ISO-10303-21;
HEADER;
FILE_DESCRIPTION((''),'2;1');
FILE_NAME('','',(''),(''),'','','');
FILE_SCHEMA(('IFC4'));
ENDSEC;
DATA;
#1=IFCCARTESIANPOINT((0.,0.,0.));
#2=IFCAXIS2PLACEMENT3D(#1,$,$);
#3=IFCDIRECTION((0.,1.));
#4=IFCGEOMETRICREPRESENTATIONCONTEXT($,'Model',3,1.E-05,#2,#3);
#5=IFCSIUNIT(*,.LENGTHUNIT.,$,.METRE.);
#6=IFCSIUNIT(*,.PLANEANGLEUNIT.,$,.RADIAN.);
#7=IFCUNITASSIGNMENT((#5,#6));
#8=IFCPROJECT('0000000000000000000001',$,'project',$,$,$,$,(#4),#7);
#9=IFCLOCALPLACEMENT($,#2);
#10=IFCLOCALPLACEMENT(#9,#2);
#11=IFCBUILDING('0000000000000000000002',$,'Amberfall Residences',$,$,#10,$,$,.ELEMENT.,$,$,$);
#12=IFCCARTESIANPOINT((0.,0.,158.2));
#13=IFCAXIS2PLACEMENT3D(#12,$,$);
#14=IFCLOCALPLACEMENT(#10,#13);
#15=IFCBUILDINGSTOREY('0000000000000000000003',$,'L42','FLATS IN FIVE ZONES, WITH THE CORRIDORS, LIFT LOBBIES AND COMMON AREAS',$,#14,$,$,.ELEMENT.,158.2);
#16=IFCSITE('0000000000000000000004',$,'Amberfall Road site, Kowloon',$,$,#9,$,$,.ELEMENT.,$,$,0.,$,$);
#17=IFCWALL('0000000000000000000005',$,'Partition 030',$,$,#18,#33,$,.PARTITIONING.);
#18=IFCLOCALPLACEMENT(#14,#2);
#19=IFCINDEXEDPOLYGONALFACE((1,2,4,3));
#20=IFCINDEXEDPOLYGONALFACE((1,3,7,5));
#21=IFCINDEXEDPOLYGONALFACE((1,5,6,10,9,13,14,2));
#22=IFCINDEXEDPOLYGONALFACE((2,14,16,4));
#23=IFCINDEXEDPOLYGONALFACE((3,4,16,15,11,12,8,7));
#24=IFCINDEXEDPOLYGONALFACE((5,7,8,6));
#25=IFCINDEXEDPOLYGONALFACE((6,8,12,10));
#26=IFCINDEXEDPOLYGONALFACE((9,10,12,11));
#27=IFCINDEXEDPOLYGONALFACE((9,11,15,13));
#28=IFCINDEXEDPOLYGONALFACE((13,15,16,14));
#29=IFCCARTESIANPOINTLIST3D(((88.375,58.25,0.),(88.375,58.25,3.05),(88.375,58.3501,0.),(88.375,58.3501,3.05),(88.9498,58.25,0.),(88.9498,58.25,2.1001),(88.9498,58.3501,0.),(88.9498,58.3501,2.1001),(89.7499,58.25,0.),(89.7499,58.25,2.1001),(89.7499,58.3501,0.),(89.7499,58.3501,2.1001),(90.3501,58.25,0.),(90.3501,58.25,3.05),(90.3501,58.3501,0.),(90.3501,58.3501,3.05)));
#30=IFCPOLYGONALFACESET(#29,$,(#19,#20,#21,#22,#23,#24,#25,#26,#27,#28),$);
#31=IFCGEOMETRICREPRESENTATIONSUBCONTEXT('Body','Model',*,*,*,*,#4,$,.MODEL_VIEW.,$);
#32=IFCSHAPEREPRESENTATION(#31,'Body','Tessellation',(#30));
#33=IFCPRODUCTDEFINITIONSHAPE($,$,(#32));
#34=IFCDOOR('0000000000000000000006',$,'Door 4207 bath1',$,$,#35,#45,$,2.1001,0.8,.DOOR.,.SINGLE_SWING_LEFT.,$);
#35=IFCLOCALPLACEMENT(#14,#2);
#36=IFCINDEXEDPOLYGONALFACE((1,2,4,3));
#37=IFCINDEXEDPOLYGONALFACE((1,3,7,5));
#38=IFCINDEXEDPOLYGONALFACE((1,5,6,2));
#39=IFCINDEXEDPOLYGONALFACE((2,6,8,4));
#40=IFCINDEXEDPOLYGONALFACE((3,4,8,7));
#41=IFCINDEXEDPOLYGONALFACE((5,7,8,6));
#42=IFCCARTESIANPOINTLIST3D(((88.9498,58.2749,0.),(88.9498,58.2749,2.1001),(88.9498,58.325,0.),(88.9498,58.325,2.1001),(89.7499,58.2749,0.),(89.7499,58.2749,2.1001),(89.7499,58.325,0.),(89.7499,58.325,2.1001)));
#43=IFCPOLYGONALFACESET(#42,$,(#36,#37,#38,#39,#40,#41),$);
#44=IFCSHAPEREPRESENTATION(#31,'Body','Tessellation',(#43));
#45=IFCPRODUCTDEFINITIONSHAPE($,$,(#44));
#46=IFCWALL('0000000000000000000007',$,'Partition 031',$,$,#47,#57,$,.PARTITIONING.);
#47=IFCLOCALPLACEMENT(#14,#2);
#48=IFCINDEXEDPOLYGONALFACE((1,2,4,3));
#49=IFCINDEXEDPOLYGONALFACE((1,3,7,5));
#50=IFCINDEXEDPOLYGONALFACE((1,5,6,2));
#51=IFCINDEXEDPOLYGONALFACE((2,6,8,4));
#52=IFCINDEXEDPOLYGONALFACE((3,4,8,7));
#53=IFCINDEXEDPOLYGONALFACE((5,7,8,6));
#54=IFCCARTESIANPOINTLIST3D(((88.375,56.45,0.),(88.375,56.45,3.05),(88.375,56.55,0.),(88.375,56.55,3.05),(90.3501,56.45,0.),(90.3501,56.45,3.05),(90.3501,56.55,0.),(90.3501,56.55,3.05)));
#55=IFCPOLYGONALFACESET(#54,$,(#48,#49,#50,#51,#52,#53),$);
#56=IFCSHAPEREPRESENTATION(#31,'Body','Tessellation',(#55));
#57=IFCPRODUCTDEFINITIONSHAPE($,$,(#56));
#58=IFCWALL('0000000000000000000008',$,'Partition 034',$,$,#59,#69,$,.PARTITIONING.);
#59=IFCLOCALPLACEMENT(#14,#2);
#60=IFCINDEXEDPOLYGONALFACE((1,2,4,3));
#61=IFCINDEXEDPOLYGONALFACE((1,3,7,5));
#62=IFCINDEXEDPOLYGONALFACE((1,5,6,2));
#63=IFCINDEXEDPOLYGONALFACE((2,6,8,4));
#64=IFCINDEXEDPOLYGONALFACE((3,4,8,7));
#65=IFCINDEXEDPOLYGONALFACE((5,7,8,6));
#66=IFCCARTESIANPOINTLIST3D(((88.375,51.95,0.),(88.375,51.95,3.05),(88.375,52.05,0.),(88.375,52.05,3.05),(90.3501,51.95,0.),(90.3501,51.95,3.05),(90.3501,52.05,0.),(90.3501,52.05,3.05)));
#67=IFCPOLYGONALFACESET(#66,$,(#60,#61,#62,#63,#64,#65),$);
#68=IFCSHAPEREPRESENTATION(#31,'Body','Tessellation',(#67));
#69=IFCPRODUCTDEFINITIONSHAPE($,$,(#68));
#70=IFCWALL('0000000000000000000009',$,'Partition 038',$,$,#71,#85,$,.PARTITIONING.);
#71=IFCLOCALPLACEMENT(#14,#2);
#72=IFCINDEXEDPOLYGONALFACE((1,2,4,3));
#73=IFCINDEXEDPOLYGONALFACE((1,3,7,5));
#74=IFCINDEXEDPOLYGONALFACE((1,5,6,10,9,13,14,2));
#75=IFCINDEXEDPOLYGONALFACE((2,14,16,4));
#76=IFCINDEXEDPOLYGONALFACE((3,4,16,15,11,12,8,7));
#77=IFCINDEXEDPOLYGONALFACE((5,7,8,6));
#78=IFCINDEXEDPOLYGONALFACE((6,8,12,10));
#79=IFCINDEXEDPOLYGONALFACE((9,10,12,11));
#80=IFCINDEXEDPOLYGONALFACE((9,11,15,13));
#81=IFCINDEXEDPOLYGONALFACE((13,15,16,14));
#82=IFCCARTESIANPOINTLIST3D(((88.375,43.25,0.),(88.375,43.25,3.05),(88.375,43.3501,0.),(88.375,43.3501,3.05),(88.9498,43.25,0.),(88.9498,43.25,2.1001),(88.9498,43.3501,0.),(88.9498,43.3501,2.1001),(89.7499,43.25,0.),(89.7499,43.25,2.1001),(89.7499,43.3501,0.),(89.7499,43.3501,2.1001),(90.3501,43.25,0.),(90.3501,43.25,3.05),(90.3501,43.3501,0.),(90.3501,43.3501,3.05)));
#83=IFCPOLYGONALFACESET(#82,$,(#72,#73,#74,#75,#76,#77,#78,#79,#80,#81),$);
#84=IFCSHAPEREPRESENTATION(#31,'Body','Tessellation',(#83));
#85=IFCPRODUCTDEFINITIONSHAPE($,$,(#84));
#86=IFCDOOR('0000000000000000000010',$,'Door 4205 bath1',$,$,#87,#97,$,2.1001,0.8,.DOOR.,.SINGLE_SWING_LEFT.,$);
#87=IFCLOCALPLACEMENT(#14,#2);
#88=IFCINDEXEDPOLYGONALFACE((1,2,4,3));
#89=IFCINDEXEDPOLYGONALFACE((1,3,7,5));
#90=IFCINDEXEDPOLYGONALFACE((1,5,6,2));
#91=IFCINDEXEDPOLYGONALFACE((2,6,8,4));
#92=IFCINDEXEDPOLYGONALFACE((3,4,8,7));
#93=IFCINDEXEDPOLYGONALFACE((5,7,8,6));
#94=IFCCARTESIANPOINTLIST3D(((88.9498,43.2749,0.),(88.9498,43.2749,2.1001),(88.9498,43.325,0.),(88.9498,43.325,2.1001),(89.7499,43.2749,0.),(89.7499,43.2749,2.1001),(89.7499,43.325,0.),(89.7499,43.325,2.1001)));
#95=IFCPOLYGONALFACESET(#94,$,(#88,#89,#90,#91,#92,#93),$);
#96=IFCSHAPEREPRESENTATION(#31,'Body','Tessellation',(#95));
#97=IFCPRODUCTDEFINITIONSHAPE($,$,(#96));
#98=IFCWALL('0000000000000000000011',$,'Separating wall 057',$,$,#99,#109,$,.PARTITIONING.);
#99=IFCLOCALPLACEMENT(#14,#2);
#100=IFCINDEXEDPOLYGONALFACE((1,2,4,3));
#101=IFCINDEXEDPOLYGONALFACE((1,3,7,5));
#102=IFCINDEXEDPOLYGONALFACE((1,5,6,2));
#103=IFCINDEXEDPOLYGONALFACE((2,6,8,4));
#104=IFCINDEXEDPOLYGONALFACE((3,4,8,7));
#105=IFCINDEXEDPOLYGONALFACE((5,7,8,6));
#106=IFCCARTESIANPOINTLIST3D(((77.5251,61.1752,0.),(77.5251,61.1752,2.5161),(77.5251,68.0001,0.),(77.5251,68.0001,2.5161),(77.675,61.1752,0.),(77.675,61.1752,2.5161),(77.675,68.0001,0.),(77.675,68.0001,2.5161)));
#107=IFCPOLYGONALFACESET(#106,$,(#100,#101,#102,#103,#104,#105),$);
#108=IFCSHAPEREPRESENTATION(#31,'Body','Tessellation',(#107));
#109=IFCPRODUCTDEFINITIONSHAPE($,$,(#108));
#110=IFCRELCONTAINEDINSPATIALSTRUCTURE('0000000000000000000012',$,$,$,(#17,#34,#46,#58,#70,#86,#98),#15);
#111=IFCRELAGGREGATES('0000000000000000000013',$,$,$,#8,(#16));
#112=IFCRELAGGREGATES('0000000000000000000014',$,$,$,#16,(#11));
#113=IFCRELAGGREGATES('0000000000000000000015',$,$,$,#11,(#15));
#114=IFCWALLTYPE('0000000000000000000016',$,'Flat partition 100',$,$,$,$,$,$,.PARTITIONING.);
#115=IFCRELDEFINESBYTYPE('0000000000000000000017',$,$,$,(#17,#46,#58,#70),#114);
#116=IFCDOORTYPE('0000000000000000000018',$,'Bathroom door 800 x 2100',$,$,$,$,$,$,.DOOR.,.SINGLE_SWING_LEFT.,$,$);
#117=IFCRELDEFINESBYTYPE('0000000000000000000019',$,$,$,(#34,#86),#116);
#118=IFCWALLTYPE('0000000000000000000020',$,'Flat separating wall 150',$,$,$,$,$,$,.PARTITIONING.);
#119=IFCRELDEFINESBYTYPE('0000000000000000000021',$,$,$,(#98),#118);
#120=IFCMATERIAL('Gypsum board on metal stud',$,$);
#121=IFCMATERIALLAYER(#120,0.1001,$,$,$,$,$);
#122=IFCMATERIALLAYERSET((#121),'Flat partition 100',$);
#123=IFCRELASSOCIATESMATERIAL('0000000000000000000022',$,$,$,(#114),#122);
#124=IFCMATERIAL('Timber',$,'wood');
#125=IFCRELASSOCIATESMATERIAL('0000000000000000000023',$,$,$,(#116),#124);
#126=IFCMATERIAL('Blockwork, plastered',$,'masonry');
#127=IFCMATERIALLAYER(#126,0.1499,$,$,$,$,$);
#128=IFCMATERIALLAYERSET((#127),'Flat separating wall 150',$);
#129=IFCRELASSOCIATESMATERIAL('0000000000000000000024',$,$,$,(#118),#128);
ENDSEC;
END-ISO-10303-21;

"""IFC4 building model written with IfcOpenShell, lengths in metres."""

from ifc_helpers import new_model, si_unit, direction, frame, frame_2d, origin, place, context, subcontext, project, spatial, rectangle, extrude, material, layer, layer_set, type_object, element, fill, save


model = new_model("IFC4")

# Units and contexts
model_context = context("Model", 3, precision=1e-05, world=origin(), true_north=direction((0.0, 1.0)))
body_context = subcontext(model_context, "Body", "Model", "MODEL_VIEW")
ifc_project = project(units=[si_unit("LENGTHUNIT", "METRE"), si_unit("PLANEANGLEUNIT", "RADIAN")], contexts=[model_context])

# Site, building, storey
site_placement = place(None, origin())
site = spatial("IfcSite", under=ifc_project, at=site_placement, Name="Amberfall Road site, Kowloon", CompositionType="ELEMENT", RefElevation=0.0)
building_placement = place(site_placement, origin())
building = spatial("IfcBuilding", under=site, at=building_placement, Name="Amberfall Residences", CompositionType="ELEMENT")
storey_placement = place(building_placement, frame((0.0, 0.0, 158.2)))
storey = spatial("IfcBuildingStorey", under=building, at=storey_placement, Name="L42", Description="FLATS IN FIVE ZONES, WITH THE CORRIDORS, LIFT LOBBIES AND COMMON AREAS", CompositionType="ELEMENT", Elevation=158.2)

# Shared definitions
ifc_material_1 = material(Name="Gypsum board on metal stud")
ifc_layer_1 = layer(ifc_material_1, 0.1001)
ifc_layer_set_1 = layer_set([ifc_layer_1], Name="Flat partition 100")
wall_type_1 = type_object("IfcWallType", Name="Flat partition 100", PredefinedType="PARTITIONING", material=ifc_layer_set_1)
ifc_material_2 = material(Name="Timber", Category="wood")

# Wall, opening, door
wall_1_placement = place(storey_placement, frame((88.375, 58.3, 0.0), z_axis=(0.0, 0.0, 1.0), x_axis=(1.0, 0.0, 0.0)))
wall_1 = element("IfcWall", 1, at=wall_1_placement, inside=storey, type_object=wall_type_1, Name="Partition 030", PredefinedType="PARTITIONING", context=body_context, shape_type="SweptSolid", body=[
    extrude(rectangle(XDim=1.9751, YDim=0.1001, at=frame_2d((0.9875, 0.0))), origin(), (0.0, 0.0, 1.0), 3.05),
])
opening_1_placement = place(wall_1_placement, frame((0.575, 0.0, 0.0)))
opening_1 = element("IfcOpeningElement", 2, at=opening_1_placement, cuts=wall_1, PredefinedType="OPENING", context=body_context, shape_type="SweptSolid", body=[
    extrude(rectangle(XDim=0.8, YDim=2.1001, at=frame_2d((0.3999, 1.05))), frame((0.0, 0.0601, 0.0), z_axis=(0.0, -1.0, 0.0), x_axis=(1.0, 0.0, 0.0)), (0.0, 0.0, 1.0), 0.1201),
])
door_type_1 = type_object("IfcDoorType", Name="Bathroom door 800 x 2100", OperationType="SINGLE_SWING_LEFT", PredefinedType="DOOR", material=ifc_material_2)
door_1_placement = place(opening_1_placement, origin())
door_1 = element("IfcDoor", 3, at=door_1_placement, inside=storey, type_object=door_type_1, Name="Door 4207 bath1", OperationType="SINGLE_SWING_LEFT", OverallHeight=2.1001, OverallWidth=0.8, PredefinedType="DOOR", context=body_context, shape_type="SweptSolid", body=[
    extrude(rectangle(XDim=0.8, YDim=2.1001, at=frame_2d((0.3999, 1.05))), frame((0.0, 0.0249, 0.0), z_axis=(0.0, -1.0, 0.0), x_axis=(1.0, 0.0, 0.0)), (0.0, 0.0, 1.0), 0.05),
])
fill(opening_1, door_1)

# Walls
for number, where, z_axis, x_axis, name in (
    (4, (88.375, 56.5, 0.0), (0.0, 0.0, 1.0), (1.0, 0.0, 0.0), "Partition 031"),
    (5, (88.375, 52.0, 0.0), (0.0, 0.0, 1.0), (1.0, 0.0, 0.0), "Partition 034"),
):
    element("IfcWall", number, at=place(storey_placement, frame(where, z_axis=z_axis, x_axis=x_axis)), inside=storey, type_object=wall_type_1, Name=name, PredefinedType="PARTITIONING", context=body_context, shape_type="SweptSolid", body=[
        extrude(rectangle(XDim=1.9751, YDim=0.1001, at=frame_2d((0.9875, 0.0))), origin(), (0.0, 0.0, 1.0), 3.05),
    ])

# Wall, opening, door
wall_2_placement = place(storey_placement, frame((88.375, 43.3, 0.0), z_axis=(0.0, 0.0, 1.0), x_axis=(1.0, 0.0, 0.0)))
wall_2 = element("IfcWall", 6, at=wall_2_placement, inside=storey, type_object=wall_type_1, Name="Partition 038", PredefinedType="PARTITIONING", context=body_context, shape_type="SweptSolid", body=[
    extrude(rectangle(XDim=1.9751, YDim=0.1001, at=frame_2d((0.9875, 0.0))), origin(), (0.0, 0.0, 1.0), 3.05),
])
opening_2_placement = place(wall_2_placement, frame((0.575, 0.0, 0.0)))
opening_2 = element("IfcOpeningElement", 7, at=opening_2_placement, cuts=wall_2, PredefinedType="OPENING", context=body_context, shape_type="SweptSolid", body=[
    extrude(rectangle(XDim=0.8, YDim=2.1001, at=frame_2d((0.3999, 1.05))), frame((0.0, 0.0601, 0.0), z_axis=(0.0, -1.0, 0.0), x_axis=(1.0, 0.0, 0.0)), (0.0, 0.0, 1.0), 0.1201),
])
door_2_placement = place(opening_2_placement, origin())
door_2 = element("IfcDoor", 8, at=door_2_placement, inside=storey, type_object=door_type_1, Name="Door 4205 bath1", OperationType="SINGLE_SWING_LEFT", OverallHeight=2.1001, OverallWidth=0.8, PredefinedType="DOOR", context=body_context, shape_type="SweptSolid", body=[
    extrude(rectangle(XDim=0.8, YDim=2.1001, at=frame_2d((0.3999, 1.05))), frame((0.0, 0.0249, 0.0), z_axis=(0.0, -1.0, 0.0), x_axis=(1.0, 0.0, 0.0)), (0.0, 0.0, 1.0), 0.05),
])
fill(opening_2, door_2)

# Wall
ifc_material_3 = material(Name="Blockwork, plastered", Category="masonry")
ifc_layer_2 = layer(ifc_material_3, 0.1499)
ifc_layer_set_2 = layer_set([ifc_layer_2], Name="Flat separating wall 150")
wall_type_2 = type_object("IfcWallType", Name="Flat separating wall 150", PredefinedType="PARTITIONING", material=ifc_layer_set_2)
wall_3_placement = place(storey_placement, frame((77.6001, 61.175, 0.0), z_axis=(0.0, 0.0, 1.0), x_axis=(0.0, 1.0, 0.0)))
element("IfcWall", 9, at=wall_3_placement, inside=storey, type_object=wall_type_2, Name="Separating wall 057", PredefinedType="PARTITIONING", context=body_context, shape_type="SweptSolid", body=[
    extrude(rectangle(XDim=6.825, YDim=0.1499, at=frame_2d((3.4126, 0.0))), origin(), (0.0, 0.0, 1.0), 2.5161),
])

save(model, "model.ifc")
